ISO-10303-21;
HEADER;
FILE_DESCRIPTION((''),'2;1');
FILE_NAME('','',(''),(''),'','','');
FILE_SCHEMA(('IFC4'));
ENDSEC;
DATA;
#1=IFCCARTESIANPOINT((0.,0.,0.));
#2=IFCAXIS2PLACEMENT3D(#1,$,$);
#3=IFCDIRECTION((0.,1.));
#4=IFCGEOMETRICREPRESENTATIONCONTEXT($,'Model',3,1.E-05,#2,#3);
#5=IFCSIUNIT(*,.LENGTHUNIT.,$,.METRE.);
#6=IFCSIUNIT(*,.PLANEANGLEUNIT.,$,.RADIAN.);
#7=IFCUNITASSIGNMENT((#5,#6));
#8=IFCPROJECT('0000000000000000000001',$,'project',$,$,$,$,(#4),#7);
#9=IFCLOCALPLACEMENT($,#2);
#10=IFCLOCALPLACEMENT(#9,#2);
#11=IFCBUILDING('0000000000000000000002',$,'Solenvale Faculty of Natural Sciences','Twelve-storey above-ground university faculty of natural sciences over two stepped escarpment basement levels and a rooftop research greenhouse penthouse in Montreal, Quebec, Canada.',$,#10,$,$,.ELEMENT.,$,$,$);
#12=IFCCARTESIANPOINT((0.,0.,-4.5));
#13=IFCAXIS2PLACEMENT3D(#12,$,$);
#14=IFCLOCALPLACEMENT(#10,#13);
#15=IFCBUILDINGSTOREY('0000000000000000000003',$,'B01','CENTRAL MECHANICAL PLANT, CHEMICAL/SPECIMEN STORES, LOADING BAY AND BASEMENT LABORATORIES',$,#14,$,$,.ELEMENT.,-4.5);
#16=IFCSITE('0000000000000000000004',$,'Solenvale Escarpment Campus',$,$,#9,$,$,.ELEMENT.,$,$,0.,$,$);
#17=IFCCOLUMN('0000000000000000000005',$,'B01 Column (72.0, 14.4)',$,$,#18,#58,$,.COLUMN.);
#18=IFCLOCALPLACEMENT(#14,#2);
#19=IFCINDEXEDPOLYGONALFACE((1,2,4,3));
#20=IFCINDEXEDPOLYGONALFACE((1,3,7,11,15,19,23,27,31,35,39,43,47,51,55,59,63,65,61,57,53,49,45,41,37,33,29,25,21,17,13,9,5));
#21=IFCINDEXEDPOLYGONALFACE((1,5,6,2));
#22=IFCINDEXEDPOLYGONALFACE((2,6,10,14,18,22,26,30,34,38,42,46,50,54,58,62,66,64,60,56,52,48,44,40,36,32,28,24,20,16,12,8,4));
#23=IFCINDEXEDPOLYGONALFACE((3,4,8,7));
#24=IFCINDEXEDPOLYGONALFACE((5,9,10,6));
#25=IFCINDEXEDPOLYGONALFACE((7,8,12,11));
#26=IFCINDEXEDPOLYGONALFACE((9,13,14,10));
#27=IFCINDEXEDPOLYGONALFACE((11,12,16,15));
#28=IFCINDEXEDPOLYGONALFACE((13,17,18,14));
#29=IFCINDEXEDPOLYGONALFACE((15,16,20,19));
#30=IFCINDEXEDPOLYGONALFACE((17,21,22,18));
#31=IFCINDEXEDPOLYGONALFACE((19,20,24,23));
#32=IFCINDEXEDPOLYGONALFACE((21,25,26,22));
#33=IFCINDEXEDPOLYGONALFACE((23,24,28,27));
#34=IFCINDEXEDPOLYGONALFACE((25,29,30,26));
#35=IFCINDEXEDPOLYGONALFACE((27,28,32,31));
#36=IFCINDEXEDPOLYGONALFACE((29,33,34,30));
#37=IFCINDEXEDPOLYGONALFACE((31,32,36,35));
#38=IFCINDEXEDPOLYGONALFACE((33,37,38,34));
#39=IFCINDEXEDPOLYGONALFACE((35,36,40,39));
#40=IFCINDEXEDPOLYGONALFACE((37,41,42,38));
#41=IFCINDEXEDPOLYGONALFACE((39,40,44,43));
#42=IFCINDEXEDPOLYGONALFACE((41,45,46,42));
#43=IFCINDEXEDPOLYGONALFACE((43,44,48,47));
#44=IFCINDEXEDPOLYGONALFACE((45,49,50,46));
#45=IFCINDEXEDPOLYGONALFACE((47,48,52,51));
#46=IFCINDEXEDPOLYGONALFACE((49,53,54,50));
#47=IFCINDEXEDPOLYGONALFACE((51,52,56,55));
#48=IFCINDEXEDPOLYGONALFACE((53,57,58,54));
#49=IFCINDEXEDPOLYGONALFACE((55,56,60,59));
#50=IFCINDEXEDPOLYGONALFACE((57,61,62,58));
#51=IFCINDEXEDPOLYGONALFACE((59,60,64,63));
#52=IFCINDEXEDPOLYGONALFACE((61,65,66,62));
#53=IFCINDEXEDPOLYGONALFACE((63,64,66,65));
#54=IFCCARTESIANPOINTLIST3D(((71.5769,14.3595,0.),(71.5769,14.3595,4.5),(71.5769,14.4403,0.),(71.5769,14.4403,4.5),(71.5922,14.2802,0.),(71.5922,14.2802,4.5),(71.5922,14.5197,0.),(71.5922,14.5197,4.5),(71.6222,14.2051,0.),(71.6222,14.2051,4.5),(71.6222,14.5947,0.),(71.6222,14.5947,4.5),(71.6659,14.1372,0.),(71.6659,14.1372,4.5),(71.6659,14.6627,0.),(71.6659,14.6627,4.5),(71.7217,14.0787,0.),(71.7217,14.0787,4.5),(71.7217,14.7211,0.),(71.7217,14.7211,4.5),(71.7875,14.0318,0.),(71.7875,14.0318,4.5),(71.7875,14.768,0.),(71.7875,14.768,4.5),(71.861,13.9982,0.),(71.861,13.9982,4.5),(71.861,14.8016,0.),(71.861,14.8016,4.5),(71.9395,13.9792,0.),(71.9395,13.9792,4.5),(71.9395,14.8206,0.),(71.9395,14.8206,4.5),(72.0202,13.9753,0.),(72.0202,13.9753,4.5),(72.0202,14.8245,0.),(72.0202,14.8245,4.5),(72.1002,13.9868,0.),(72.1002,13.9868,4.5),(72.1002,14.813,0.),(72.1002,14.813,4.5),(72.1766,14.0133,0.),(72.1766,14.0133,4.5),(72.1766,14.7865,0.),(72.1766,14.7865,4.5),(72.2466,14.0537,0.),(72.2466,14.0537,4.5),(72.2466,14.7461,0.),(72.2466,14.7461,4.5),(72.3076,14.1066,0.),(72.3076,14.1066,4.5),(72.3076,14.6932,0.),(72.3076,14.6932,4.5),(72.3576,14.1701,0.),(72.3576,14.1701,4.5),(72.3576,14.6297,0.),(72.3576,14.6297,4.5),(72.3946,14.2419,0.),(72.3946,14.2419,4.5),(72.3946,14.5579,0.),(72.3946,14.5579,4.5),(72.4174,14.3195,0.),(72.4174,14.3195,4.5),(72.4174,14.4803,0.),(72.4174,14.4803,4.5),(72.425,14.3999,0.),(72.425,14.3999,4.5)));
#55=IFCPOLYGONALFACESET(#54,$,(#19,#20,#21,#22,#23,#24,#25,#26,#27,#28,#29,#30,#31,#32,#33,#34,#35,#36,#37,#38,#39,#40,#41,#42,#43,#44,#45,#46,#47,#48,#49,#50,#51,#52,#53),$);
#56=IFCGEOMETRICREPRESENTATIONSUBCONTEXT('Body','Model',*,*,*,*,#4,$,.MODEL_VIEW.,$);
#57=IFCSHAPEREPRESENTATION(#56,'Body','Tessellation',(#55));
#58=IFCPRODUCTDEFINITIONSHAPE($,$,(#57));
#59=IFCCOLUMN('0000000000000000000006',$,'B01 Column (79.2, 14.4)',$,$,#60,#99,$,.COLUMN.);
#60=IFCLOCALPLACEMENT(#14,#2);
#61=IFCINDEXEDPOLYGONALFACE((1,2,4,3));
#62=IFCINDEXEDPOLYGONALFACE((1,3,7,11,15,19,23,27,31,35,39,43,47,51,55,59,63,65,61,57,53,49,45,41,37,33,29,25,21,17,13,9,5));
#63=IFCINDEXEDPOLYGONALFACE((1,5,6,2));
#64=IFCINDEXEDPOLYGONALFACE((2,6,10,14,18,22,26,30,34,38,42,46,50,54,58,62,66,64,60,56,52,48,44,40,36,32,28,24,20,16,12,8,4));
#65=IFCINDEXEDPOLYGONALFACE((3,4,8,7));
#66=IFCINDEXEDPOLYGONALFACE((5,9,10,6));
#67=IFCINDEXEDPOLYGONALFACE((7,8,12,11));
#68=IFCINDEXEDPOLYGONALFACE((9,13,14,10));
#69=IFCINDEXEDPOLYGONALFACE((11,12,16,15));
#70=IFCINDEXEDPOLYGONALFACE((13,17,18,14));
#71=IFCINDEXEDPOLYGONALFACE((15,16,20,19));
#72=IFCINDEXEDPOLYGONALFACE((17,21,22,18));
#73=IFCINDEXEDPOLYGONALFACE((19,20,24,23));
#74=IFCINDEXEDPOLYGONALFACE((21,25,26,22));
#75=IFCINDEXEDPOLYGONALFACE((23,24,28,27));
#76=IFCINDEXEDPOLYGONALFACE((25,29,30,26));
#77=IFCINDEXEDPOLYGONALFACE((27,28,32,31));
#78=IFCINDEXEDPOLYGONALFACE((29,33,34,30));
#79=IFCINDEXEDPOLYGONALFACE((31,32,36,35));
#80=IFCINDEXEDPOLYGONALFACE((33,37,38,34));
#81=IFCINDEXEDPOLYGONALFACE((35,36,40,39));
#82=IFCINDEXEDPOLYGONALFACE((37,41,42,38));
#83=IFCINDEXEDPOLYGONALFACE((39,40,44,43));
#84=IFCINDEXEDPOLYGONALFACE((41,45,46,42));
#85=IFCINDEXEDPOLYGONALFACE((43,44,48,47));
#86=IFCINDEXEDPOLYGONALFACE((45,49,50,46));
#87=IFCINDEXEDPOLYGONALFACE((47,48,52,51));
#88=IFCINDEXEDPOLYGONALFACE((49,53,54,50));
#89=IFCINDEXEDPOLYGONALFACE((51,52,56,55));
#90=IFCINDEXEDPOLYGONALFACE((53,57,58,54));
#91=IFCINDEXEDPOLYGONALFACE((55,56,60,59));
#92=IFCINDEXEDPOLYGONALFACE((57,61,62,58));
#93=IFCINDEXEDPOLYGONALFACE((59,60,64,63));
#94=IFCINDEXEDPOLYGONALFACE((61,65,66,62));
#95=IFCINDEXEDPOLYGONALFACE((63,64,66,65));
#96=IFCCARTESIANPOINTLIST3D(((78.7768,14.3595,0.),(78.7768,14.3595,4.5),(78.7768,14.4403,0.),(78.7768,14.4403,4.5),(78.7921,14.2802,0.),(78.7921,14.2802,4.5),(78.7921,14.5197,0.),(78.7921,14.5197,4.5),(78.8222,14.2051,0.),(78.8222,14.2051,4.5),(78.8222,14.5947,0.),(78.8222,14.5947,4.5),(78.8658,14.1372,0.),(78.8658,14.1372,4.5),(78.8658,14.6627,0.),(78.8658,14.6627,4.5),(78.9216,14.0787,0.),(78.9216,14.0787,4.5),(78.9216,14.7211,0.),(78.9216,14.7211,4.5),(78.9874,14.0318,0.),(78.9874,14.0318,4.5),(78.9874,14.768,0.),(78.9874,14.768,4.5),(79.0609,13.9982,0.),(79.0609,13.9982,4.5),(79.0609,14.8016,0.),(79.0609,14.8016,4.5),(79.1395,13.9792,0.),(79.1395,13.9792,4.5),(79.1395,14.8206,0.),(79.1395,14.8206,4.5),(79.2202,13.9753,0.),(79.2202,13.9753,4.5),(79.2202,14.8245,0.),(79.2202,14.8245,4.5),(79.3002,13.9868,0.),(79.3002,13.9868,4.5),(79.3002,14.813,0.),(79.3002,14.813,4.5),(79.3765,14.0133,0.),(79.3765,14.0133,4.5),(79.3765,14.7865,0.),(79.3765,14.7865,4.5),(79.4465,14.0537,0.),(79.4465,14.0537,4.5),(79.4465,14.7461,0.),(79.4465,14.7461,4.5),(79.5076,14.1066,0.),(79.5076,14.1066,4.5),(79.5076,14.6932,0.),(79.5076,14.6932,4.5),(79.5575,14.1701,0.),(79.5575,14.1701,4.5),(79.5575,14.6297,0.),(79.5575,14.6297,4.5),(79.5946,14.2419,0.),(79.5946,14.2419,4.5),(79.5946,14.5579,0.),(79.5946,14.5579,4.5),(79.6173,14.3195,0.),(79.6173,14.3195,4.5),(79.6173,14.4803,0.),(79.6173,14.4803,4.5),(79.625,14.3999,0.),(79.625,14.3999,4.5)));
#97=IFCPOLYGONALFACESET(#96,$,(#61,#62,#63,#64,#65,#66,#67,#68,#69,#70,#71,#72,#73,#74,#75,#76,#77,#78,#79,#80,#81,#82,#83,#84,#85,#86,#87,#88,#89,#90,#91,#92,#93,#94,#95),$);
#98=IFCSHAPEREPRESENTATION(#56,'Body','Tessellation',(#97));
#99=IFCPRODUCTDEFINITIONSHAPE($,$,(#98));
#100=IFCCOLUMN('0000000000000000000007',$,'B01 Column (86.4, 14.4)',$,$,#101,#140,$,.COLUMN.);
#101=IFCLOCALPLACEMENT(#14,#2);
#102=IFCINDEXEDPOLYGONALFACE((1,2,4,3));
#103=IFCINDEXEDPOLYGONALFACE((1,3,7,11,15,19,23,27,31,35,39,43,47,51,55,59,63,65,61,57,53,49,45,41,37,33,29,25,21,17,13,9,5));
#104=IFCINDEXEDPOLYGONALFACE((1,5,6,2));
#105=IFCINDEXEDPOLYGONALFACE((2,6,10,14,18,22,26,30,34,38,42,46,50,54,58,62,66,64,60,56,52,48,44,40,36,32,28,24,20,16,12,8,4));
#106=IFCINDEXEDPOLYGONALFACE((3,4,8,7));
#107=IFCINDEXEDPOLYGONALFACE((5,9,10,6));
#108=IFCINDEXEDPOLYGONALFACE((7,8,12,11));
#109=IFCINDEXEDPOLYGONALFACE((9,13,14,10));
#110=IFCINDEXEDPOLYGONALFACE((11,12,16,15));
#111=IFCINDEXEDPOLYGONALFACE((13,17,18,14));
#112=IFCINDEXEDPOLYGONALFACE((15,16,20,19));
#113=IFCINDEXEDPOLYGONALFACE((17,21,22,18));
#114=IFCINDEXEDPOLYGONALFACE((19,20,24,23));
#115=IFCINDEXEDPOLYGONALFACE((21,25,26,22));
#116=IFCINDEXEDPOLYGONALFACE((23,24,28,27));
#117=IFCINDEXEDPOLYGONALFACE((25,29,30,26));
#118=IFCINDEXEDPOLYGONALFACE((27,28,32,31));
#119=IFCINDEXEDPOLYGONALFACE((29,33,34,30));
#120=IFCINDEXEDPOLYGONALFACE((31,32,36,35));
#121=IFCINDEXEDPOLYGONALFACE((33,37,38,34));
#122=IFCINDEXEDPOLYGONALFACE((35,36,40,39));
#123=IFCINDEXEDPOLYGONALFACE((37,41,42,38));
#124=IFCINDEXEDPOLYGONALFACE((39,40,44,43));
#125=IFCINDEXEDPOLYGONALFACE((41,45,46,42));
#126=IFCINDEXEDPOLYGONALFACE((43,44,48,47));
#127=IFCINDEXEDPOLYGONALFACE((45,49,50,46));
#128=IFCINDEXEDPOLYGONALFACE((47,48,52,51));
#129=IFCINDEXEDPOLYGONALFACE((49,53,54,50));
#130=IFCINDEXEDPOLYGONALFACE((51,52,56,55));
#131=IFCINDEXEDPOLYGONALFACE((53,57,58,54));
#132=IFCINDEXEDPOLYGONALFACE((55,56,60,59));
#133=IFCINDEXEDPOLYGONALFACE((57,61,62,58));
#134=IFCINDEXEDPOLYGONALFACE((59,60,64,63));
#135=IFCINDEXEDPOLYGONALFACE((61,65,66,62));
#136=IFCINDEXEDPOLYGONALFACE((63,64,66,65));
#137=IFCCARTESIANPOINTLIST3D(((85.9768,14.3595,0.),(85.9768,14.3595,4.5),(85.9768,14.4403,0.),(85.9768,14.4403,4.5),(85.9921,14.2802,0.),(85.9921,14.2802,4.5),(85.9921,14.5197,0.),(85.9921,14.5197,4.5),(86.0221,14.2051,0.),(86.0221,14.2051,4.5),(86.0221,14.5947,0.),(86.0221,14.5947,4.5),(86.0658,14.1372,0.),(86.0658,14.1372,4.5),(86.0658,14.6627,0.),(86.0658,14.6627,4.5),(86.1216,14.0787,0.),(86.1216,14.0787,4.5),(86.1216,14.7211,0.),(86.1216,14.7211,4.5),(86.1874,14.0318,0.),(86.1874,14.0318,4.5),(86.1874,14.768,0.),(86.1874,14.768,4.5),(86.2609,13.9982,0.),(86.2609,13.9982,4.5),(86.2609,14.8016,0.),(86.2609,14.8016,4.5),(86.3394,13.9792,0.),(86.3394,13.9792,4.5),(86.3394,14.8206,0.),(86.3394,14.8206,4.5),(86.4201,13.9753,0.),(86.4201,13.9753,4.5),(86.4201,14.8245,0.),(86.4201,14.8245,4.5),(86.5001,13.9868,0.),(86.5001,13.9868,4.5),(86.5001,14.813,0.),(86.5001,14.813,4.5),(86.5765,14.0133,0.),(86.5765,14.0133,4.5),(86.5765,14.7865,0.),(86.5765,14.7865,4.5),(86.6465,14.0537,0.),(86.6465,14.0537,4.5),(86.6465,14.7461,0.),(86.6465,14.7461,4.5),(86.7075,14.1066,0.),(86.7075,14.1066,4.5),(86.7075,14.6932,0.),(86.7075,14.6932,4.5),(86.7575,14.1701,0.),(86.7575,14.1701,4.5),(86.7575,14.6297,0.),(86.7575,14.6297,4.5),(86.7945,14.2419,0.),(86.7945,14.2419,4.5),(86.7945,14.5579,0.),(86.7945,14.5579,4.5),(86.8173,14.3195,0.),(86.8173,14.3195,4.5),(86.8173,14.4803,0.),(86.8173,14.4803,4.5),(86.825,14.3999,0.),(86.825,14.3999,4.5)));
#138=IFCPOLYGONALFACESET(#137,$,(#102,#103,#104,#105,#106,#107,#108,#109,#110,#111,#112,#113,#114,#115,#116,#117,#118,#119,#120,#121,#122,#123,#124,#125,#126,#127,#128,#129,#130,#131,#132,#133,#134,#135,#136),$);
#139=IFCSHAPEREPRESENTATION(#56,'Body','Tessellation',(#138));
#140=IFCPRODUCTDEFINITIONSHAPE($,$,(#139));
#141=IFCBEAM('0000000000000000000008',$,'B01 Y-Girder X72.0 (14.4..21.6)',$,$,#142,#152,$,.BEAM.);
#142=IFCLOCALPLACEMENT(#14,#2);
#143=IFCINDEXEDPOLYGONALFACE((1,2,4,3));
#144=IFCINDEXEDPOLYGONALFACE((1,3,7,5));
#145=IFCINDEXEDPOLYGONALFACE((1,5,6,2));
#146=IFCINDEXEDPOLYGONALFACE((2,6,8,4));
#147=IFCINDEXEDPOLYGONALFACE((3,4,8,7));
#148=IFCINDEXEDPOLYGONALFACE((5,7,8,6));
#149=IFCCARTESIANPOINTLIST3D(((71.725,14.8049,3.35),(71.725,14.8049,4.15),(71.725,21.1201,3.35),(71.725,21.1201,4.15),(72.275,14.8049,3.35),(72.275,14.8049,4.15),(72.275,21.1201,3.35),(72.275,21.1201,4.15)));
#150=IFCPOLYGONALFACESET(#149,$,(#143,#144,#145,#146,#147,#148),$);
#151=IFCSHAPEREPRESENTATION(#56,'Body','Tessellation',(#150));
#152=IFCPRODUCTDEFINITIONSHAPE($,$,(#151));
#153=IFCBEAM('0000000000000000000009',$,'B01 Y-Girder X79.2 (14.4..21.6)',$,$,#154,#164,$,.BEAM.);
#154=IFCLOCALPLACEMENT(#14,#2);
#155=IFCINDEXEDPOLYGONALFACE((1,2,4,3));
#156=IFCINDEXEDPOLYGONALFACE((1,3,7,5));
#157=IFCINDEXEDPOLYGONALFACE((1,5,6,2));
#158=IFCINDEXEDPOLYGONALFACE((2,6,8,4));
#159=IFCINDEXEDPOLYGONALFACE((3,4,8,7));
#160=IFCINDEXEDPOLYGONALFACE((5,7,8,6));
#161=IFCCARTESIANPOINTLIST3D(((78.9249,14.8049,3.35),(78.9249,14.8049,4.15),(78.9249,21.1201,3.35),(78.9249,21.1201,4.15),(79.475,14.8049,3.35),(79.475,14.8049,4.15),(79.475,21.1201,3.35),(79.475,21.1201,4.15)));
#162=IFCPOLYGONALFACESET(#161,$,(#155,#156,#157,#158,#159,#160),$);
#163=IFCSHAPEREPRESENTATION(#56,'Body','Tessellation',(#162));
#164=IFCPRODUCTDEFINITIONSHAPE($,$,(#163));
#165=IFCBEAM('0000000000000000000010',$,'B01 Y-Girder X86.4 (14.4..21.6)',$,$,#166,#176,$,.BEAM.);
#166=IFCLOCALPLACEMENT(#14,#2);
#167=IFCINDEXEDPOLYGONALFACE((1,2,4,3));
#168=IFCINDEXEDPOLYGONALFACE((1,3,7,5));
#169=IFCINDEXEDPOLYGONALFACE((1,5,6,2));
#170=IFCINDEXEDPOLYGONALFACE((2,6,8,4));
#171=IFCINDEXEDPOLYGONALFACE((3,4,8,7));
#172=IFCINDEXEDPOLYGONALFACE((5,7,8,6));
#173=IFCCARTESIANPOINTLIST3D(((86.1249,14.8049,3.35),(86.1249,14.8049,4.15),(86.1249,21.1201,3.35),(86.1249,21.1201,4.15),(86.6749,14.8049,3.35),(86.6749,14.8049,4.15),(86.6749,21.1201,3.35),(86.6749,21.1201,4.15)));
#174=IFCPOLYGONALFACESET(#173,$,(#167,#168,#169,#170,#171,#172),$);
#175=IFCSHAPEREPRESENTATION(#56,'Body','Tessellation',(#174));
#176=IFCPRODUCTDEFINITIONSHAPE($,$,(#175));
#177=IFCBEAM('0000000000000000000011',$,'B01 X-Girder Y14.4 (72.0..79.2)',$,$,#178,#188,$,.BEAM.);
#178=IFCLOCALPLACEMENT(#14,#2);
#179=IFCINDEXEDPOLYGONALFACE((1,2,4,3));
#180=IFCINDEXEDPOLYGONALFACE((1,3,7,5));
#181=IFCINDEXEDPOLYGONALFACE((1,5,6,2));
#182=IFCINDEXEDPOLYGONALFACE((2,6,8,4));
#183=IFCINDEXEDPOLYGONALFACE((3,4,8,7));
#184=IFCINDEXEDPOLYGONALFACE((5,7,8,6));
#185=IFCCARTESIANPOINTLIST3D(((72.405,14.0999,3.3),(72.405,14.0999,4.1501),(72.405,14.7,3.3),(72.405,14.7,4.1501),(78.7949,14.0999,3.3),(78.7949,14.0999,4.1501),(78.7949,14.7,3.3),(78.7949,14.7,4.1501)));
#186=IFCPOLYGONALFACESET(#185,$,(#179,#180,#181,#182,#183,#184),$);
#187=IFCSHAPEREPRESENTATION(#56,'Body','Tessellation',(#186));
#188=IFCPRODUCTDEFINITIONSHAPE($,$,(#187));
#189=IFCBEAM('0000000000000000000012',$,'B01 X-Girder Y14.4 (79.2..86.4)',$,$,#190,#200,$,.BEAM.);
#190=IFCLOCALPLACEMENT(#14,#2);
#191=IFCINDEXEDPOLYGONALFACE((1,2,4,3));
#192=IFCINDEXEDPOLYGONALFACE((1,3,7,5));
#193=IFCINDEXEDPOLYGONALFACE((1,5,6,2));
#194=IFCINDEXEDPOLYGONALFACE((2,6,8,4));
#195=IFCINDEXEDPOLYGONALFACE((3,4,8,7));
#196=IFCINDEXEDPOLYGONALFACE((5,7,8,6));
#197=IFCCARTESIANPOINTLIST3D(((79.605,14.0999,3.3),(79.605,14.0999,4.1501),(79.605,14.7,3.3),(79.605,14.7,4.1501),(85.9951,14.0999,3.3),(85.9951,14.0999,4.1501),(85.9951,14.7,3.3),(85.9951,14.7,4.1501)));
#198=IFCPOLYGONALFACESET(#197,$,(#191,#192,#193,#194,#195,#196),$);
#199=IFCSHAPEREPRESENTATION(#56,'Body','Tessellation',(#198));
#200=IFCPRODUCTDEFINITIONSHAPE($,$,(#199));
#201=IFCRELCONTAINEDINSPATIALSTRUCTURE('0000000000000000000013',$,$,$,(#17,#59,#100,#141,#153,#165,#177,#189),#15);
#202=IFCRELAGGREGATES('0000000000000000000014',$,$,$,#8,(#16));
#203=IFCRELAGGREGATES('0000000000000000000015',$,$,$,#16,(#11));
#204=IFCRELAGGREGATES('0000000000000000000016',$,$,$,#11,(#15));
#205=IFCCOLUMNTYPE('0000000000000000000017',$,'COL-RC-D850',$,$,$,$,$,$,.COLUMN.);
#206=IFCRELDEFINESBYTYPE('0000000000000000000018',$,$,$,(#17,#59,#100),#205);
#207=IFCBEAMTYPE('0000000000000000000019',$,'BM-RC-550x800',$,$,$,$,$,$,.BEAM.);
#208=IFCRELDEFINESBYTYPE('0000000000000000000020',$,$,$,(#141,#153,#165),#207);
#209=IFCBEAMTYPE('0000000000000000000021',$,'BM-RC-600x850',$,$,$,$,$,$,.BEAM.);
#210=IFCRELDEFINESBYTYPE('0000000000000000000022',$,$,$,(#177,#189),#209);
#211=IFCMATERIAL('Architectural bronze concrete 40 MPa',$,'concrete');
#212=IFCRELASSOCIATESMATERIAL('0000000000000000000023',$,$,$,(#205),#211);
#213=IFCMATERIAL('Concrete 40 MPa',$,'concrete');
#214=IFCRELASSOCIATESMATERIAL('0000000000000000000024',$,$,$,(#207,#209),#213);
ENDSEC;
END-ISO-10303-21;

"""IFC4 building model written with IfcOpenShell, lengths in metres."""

from ifc_helpers import new_model, si_unit, direction, frame, origin, origin_2d, place, context, subcontext, project, spatial, rectangle, circle, extrude, material, material_profile, profile_set, type_object, element, save


model = new_model("IFC4")

# Units and contexts
model_context = context("Model", 3, precision=1e-05, world=origin(), true_north=direction((0.0, 1.0)))
body_context = subcontext(model_context, "Body", "Model", "MODEL_VIEW")
ifc_project = project(units=[si_unit("LENGTHUNIT", "METRE"), si_unit("PLANEANGLEUNIT", "RADIAN")], contexts=[model_context])

# Site, building, storey
site_placement = place(None, origin())
site = spatial("IfcSite", under=ifc_project, at=site_placement, Name="Solenvale Escarpment Campus", CompositionType="ELEMENT", RefElevation=0.0)
building_placement = place(site_placement, origin())
building = spatial("IfcBuilding", under=site, at=building_placement, Name="Solenvale Faculty of Natural Sciences", Description="Twelve-storey above-ground university faculty of natural sciences over two stepped escarpment basement levels and a rooftop research greenhouse penthouse in Montreal, Quebec, Canada.", CompositionType="ELEMENT")
storey_placement = place(building_placement, frame((0.0, 0.0, -4.5)))
storey = spatial("IfcBuildingStorey", under=building, at=storey_placement, Name="B01", Description="CENTRAL MECHANICAL PLANT, CHEMICAL/SPECIMEN STORES, LOADING BAY AND BASEMENT LABORATORIES", CompositionType="ELEMENT", Elevation=-4.5)

# Shared definitions
ifc_material_1 = material(Name="Concrete 40 MPa", Category="concrete")

# Columns
ifc_material_2 = material(Name="Architectural bronze concrete 40 MPa", Category="concrete")
ifc_material_profile_1 = material_profile(ifc_material_2, circle(Radius=0.425, at=origin_2d()), Name="RC-COL-D850")
ifc_profile_set_1 = profile_set([ifc_material_profile_1], Name="Architectural bronze concrete 40 MPa")
column_type_1 = type_object("IfcColumnType", Name="COL-RC-D850", PredefinedType="COLUMN", material=ifc_profile_set_1)
for number, where, z_axis, x_axis, name in (
    (1, (72.0, 14.3999, 0.0), (0.0, 0.0, 1.0), (1.0, 0.0, 0.0), "B01 Column (72.0, 14.4)"),
    (2, (79.2, 14.3999, 0.0), (0.0, 0.0, 1.0), (1.0, 0.0, 0.0), "B01 Column (79.2, 14.4)"),
    (3, (86.3999, 14.3999, 0.0), (0.0, 0.0, 1.0), (1.0, 0.0, 0.0), "B01 Column (86.4, 14.4)"),
):
    element("IfcColumn", number, at=place(storey_placement, frame(where, z_axis=z_axis, x_axis=x_axis)), inside=storey, type_object=column_type_1, Name=name, PredefinedType="COLUMN", context=body_context, shape_type="SweptSolid", body=[
        extrude(circle(Radius=0.425, at=origin_2d()), origin(), (0.0, 0.0, 1.0), 4.5),
    ])

# Beams
ifc_material_profile_2 = material_profile(ifc_material_1, rectangle(XDim=0.55, YDim=0.8, at=origin_2d()), Name="RC-BM-550x800")
ifc_profile_set_2 = profile_set([ifc_material_profile_2], Name="Concrete 40 MPa")
beam_type_1 = type_object("IfcBeamType", Name="BM-RC-550x800", PredefinedType="BEAM", material=ifc_profile_set_2)
for number, where, z_axis, x_axis, name in (
    (4, (72.0, 14.8049, 3.75), (0.0, 1.0, 0.0), (-1.0, 0.0, 0.0), "B01 Y-Girder X72.0 (14.4..21.6)"),
    (5, (79.2, 14.8049, 3.75), (0.0, 1.0, 0.0), (-1.0, 0.0, 0.0), "B01 Y-Girder X79.2 (14.4..21.6)"),
    (6, (86.3999, 14.8049, 3.75), (0.0, 1.0, 0.0), (-1.0, 0.0, 0.0), "B01 Y-Girder X86.4 (14.4..21.6)"),
):
    element("IfcBeam", number, at=place(storey_placement, frame(where, z_axis=z_axis, x_axis=x_axis)), inside=storey, type_object=beam_type_1, Name=name, PredefinedType="BEAM", context=body_context, shape_type="SweptSolid", body=[
        extrude(rectangle(XDim=0.55, YDim=0.8, at=origin_2d()), origin(), (0.0, 0.0, 1.0), 6.3152),
    ])
ifc_material_profile_3 = material_profile(ifc_material_1, rectangle(XDim=0.6001, YDim=0.8501, at=origin_2d()), Name="RC-BM-600x850")
ifc_profile_set_3 = profile_set([ifc_material_profile_3], Name="Concrete 40 MPa")
beam_type_2 = type_object("IfcBeamType", Name="BM-RC-600x850", PredefinedType="BEAM", material=ifc_profile_set_3)
beam_1_placement = place(storey_placement, frame((72.405, 14.3999, 3.7251), z_axis=(1.0, 0.0, 0.0), x_axis=(0.0, 1.0, 0.0)))
element("IfcBeam", 7, at=beam_1_placement, inside=storey, type_object=beam_type_2, Name="B01 X-Girder Y14.4 (72.0..79.2)", PredefinedType="BEAM", context=body_context, shape_type="SweptSolid", body=[
    extrude(rectangle(XDim=0.6001, YDim=0.8501, at=origin_2d()), origin(), (0.0, 0.0, 1.0), 6.3899),
])
beam_2_placement = place(storey_placement, frame((79.605, 14.3999, 3.7251), z_axis=(1.0, 0.0, 0.0), x_axis=(0.0, 1.0, 0.0)))
element("IfcBeam", 8, at=beam_2_placement, inside=storey, type_object=beam_type_2, Name="B01 X-Girder Y14.4 (79.2..86.4)", PredefinedType="BEAM", context=body_context, shape_type="SweptSolid", body=[
    extrude(rectangle(XDim=0.6001, YDim=0.8501, at=origin_2d()), origin(), (0.0, 0.0, 1.0), 6.3901),
])

save(model, "model.ifc")
